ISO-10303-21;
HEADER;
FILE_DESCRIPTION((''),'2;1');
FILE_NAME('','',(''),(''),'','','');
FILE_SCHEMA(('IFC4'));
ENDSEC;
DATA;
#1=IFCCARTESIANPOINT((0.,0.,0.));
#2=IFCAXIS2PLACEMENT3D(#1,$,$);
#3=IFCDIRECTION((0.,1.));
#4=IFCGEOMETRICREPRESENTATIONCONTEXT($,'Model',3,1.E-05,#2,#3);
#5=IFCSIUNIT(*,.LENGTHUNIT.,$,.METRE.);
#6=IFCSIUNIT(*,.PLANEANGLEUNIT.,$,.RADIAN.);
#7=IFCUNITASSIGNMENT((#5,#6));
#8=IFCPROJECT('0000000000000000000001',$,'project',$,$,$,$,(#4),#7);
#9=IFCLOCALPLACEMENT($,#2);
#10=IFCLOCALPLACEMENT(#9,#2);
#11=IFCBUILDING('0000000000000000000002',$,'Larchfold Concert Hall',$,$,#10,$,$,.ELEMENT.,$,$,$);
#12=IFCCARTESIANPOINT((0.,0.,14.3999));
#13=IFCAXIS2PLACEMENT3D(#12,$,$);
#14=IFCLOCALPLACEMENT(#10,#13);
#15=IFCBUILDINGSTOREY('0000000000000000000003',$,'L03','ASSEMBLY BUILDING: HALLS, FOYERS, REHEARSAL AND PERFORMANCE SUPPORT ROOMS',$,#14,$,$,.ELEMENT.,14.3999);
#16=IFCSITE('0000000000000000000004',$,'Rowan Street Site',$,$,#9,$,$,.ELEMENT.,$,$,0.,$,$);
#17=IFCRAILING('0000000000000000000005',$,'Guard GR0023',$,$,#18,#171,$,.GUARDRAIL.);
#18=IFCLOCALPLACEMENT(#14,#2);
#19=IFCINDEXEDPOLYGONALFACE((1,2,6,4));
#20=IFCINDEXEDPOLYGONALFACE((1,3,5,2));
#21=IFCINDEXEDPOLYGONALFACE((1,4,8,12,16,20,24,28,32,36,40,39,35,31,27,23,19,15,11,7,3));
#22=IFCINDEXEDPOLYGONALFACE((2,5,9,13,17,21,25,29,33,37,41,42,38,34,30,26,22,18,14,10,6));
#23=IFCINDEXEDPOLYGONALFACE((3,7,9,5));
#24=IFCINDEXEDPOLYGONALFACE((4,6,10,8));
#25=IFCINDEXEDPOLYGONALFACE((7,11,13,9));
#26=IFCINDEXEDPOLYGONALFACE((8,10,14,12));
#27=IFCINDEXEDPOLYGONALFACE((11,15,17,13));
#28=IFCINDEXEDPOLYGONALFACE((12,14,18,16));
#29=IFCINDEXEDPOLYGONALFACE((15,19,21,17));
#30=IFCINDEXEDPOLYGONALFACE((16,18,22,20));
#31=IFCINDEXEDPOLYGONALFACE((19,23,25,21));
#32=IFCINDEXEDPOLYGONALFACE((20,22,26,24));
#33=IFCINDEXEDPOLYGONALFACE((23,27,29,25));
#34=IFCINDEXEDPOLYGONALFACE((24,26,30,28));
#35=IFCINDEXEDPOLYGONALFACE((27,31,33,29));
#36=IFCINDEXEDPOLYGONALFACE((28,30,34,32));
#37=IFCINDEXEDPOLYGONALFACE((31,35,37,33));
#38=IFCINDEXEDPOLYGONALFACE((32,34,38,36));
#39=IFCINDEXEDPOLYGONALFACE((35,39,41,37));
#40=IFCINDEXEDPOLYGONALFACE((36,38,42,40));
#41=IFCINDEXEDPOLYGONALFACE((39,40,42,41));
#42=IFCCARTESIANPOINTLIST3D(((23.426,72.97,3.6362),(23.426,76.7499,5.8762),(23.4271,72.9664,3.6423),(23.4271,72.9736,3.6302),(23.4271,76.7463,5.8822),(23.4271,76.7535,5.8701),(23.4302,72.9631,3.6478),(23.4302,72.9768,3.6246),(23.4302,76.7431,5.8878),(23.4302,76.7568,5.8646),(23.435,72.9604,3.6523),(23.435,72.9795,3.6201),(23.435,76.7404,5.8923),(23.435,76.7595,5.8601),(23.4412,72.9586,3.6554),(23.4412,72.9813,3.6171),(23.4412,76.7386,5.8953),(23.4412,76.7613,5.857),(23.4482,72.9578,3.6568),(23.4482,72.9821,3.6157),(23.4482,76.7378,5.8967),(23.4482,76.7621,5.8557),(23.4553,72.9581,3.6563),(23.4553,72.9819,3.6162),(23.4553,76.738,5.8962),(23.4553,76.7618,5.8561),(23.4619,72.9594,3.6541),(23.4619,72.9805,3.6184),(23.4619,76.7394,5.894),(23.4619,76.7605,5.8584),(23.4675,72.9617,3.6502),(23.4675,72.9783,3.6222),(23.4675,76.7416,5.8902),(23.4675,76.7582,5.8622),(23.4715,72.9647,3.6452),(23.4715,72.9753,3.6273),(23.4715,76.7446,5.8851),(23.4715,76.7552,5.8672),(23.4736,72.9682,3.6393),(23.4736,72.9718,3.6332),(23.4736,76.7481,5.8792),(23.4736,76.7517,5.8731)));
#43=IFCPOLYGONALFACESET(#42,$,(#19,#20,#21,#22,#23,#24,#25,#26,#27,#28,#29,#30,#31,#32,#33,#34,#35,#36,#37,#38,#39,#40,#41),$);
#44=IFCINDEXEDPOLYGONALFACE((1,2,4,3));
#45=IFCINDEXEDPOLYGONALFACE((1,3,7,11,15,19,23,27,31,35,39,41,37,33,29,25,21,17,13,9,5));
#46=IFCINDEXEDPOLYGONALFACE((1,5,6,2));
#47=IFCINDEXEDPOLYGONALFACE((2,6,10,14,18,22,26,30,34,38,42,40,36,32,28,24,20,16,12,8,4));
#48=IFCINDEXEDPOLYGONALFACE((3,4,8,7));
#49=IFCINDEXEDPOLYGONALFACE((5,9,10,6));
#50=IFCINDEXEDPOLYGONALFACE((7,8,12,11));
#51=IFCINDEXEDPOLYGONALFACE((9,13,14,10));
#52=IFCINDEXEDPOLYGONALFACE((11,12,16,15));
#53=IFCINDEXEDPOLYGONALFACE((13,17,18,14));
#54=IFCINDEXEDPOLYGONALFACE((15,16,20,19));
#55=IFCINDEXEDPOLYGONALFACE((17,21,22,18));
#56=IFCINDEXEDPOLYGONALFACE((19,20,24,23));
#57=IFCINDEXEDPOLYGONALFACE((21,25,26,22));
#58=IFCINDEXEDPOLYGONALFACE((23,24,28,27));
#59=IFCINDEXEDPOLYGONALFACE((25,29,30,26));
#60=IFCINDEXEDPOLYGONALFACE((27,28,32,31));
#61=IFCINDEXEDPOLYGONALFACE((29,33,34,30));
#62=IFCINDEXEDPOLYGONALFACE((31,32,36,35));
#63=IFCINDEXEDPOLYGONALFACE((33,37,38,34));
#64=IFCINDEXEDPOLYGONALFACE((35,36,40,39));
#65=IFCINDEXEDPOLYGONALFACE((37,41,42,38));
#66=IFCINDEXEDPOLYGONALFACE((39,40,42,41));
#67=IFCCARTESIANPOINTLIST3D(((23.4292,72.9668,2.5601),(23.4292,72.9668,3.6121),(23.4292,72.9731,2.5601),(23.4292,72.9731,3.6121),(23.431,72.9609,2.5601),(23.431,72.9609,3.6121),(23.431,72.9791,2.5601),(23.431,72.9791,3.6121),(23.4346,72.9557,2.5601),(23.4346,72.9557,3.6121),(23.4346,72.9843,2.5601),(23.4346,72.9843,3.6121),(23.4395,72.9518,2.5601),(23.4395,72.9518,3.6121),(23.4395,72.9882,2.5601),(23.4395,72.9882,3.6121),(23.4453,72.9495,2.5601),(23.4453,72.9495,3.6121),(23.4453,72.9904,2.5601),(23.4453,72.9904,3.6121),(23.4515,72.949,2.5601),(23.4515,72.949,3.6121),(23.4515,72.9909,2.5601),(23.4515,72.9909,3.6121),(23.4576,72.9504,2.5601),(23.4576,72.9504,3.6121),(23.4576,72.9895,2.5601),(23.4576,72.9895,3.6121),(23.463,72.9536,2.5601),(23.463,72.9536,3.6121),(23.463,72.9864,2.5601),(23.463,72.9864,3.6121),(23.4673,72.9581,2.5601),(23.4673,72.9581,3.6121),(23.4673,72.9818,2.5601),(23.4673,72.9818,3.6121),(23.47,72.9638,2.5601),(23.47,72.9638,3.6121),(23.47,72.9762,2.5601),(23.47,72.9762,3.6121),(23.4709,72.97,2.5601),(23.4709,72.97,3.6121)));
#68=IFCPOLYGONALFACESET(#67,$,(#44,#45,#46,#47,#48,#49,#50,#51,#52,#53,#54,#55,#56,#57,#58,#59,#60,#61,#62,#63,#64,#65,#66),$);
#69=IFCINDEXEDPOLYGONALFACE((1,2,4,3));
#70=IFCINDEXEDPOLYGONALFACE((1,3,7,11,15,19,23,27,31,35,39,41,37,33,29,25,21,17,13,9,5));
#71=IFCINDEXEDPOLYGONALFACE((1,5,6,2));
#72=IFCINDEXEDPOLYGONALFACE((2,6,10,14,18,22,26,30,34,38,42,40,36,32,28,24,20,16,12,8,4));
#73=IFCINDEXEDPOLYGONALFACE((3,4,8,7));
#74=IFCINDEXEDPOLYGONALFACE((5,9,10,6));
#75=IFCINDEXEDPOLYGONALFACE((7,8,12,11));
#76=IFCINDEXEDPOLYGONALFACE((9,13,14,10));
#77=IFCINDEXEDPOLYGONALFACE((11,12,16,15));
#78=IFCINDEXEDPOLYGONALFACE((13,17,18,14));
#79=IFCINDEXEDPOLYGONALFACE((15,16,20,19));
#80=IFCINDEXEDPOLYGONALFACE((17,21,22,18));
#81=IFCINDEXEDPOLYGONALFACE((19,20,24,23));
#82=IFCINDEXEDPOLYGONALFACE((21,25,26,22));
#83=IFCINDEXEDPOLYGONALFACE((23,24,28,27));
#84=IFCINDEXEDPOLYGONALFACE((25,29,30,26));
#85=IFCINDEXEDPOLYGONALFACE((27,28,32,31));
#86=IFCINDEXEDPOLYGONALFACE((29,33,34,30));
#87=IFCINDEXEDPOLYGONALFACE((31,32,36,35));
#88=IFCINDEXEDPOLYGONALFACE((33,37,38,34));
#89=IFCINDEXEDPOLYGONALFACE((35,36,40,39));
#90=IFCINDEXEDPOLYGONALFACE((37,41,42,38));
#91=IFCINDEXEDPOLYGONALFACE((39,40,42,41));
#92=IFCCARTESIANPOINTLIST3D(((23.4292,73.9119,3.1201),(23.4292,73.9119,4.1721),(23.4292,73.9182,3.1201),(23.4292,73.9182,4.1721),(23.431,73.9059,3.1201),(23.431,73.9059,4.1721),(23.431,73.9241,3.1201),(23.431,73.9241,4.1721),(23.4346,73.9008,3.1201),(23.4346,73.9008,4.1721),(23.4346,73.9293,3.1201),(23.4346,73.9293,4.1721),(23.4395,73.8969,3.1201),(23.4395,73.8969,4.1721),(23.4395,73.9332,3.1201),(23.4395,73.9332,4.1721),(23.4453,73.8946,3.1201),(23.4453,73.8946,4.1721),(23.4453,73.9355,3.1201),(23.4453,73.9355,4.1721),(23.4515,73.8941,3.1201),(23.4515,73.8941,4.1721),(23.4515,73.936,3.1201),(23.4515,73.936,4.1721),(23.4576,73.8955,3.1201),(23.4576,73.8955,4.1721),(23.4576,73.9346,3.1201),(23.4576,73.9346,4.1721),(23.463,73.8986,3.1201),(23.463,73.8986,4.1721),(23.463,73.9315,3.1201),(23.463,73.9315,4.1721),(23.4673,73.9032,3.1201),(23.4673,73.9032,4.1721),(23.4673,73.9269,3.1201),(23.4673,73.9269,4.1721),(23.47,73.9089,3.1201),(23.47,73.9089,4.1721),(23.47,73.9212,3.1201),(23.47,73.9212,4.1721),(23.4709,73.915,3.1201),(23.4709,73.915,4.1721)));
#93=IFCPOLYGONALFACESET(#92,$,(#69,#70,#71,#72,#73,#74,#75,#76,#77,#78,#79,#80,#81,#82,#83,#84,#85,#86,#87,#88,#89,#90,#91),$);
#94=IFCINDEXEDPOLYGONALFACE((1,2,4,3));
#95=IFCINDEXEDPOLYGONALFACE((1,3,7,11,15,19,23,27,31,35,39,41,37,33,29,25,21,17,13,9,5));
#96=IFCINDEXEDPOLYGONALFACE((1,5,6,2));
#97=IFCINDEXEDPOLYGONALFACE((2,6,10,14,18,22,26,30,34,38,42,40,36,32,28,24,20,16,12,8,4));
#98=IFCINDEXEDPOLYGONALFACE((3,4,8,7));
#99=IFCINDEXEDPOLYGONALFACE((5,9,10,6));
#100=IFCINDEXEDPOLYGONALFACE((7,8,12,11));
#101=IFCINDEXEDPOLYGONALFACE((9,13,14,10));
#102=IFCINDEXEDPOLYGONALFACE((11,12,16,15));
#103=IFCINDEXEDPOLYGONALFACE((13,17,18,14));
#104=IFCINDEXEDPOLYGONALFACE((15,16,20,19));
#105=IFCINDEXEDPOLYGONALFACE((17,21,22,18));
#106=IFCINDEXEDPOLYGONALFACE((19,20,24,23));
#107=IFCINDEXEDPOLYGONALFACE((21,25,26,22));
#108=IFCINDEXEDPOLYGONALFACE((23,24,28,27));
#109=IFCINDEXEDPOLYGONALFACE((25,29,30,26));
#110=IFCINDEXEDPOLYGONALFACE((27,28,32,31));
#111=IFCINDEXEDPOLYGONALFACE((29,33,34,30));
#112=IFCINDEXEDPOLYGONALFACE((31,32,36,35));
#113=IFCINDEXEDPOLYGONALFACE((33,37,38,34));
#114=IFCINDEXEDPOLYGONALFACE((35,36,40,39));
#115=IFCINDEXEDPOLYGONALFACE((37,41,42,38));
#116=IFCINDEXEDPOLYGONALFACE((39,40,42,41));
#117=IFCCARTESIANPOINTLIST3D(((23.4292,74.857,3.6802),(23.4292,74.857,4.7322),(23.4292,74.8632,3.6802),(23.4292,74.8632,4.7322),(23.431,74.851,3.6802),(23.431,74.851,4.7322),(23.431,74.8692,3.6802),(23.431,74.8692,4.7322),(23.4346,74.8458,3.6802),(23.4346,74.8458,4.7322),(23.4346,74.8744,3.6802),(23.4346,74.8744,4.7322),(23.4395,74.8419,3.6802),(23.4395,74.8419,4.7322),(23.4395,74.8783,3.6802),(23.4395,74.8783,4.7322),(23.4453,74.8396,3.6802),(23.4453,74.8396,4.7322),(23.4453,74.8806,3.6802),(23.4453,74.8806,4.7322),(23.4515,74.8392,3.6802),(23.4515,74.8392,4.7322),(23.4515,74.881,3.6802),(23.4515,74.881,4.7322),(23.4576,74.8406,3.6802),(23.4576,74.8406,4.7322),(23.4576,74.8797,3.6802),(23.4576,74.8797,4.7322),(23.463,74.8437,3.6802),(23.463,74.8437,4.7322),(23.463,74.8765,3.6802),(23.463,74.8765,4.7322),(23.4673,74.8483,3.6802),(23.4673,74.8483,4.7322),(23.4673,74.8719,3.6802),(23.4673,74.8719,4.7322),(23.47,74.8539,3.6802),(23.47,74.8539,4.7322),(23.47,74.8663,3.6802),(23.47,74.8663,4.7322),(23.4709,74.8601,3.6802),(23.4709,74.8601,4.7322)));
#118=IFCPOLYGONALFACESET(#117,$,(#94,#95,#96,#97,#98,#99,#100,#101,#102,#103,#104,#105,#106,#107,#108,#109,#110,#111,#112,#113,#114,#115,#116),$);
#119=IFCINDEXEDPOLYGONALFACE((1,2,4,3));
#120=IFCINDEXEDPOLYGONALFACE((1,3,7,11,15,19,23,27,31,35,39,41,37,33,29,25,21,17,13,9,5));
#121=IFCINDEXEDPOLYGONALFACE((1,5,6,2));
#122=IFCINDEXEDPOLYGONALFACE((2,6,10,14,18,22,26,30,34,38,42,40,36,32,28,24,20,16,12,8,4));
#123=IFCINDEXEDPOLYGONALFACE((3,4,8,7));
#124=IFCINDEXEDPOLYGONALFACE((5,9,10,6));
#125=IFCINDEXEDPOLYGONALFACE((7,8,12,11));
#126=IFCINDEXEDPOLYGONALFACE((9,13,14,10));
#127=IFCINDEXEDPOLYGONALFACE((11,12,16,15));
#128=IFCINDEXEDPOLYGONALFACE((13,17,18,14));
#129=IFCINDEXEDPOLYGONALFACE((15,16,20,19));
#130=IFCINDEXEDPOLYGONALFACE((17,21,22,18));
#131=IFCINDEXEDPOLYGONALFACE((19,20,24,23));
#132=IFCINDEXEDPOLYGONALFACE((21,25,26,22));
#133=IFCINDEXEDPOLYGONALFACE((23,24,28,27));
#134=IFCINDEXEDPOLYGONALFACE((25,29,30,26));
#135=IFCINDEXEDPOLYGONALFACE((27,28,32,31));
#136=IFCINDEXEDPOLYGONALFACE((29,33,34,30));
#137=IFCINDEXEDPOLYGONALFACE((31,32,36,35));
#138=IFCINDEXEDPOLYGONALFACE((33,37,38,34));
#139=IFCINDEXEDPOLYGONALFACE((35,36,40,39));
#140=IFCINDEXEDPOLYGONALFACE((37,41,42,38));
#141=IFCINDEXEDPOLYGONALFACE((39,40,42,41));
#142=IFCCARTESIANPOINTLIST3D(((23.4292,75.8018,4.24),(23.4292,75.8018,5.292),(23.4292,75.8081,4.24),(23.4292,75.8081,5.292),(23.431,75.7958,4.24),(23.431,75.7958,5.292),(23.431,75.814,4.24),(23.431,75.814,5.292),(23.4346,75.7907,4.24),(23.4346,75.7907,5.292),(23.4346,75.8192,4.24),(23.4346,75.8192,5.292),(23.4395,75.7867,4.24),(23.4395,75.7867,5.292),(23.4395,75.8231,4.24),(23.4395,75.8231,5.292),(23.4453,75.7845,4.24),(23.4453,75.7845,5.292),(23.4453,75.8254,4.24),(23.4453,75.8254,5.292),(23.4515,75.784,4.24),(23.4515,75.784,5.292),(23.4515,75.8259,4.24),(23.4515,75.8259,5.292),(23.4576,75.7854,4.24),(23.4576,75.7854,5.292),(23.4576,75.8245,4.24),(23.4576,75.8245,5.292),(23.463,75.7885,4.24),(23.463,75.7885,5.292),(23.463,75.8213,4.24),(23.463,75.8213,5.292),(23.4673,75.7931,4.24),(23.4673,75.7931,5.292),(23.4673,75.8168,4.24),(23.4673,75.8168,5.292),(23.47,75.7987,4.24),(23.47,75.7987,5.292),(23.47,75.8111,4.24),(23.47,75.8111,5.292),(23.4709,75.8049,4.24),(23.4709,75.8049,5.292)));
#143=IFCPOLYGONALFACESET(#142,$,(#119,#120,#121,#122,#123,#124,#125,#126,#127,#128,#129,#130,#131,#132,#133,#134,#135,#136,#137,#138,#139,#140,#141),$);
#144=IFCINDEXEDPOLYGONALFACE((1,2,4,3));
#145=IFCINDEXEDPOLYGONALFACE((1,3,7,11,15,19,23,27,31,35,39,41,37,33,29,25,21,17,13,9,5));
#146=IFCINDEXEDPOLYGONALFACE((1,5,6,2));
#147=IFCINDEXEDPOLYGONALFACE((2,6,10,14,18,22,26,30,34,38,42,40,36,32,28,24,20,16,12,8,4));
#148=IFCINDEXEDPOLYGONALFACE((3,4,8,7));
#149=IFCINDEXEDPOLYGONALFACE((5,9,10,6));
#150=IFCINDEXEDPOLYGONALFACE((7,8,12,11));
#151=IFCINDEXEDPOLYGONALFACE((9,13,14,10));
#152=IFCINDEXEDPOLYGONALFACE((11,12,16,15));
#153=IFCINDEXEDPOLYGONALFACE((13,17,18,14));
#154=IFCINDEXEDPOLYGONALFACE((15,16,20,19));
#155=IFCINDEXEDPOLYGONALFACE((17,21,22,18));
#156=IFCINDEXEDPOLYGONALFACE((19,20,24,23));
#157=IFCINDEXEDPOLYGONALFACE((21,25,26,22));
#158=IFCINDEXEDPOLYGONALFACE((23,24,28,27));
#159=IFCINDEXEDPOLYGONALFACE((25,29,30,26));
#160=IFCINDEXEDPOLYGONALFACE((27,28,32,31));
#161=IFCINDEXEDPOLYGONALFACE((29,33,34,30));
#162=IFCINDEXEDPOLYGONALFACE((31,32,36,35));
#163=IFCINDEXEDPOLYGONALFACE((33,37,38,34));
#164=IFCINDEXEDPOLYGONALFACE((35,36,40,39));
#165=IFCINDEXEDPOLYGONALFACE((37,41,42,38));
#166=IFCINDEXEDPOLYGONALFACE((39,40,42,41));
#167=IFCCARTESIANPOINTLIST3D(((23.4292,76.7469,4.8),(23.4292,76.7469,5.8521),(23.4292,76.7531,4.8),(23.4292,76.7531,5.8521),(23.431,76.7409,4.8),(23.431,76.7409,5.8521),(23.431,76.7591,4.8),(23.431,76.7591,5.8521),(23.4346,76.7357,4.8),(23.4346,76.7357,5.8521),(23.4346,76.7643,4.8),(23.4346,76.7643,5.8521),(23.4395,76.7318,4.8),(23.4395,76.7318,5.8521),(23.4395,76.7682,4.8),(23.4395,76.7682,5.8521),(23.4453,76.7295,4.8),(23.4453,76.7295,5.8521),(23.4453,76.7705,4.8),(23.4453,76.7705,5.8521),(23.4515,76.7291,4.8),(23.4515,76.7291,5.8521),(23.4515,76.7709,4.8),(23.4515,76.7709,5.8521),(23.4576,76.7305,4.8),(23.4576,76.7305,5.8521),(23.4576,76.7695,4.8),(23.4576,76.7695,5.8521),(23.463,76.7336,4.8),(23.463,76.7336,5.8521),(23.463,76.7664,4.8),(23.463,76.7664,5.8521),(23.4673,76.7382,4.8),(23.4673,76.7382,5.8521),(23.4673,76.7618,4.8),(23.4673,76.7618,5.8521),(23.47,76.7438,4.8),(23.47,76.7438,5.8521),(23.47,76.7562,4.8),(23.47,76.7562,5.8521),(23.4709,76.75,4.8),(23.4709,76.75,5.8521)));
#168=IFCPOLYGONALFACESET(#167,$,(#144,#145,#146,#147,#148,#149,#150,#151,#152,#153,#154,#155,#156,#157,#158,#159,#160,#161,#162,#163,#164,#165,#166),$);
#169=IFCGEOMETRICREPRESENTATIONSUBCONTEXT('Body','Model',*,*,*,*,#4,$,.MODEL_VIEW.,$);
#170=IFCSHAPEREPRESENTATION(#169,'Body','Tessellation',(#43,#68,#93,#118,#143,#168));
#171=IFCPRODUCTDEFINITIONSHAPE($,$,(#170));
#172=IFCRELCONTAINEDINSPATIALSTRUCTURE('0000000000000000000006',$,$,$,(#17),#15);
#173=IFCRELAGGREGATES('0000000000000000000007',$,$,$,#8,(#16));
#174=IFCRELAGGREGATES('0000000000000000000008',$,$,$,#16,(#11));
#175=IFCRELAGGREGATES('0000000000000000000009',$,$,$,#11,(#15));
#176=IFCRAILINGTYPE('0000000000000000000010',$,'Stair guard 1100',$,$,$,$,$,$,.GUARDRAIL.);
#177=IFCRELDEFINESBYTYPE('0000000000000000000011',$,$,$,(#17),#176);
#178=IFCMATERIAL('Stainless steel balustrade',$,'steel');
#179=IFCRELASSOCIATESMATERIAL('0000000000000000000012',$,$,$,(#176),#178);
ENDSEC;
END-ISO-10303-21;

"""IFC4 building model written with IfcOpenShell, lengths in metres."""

from ifc_helpers import new_model, si_unit, direction, frame, origin, origin_2d, place, context, subcontext, project, spatial, circle, extrude, material, type_object, element, save


model = new_model("IFC4")

# Units and contexts
model_context = context("Model", 3, precision=1e-05, world=origin(), true_north=direction((0.0, 1.0)))
body_context = subcontext(model_context, "Body", "Model", "MODEL_VIEW")
ifc_project = project(units=[si_unit("LENGTHUNIT", "METRE"), si_unit("PLANEANGLEUNIT", "RADIAN")], contexts=[model_context])

# Site, building, storey
site_placement = place(None, origin())
site = spatial("IfcSite", under=ifc_project, at=site_placement, Name="Rowan Street Site", CompositionType="ELEMENT", RefElevation=0.0)
building_placement = place(site_placement, origin())
building = spatial("IfcBuilding", under=site, at=building_placement, Name="Larchfold Concert Hall", CompositionType="ELEMENT")
storey_placement = place(building_placement, frame((0.0, 0.0, 14.3999)))
storey = spatial("IfcBuildingStorey", under=building, at=storey_placement, Name="L03", Description="ASSEMBLY BUILDING: HALLS, FOYERS, REHEARSAL AND PERFORMANCE SUPPORT ROOMS", CompositionType="ELEMENT", Elevation=14.3999)

# Railing
ifc_material_1 = material(Name="Stainless steel balustrade", Category="steel")
railing_type_1 = type_object("IfcRailingType", Name="Stair guard 1100", PredefinedType="GUARDRAIL", material=ifc_material_1)
railing_1_placement = place(storey_placement, frame((23.45, 72.97, 2.5601)))
element("IfcRailing", 1, at=railing_1_placement, inside=storey, type_object=railing_type_1, Name="Guard GR0023", PredefinedType="GUARDRAIL", context=body_context, shape_type="SweptSolid", body=[
    extrude(circle(Radius=0.0239, at=origin_2d()), frame((0.0, 0.0, 1.0762), z_axis=(0.0, 0.860294, 0.509798), x_axis=(-1.0, 0.0, 0.0)), (0.0, 0.0, 1.0), 4.3938),
    extrude(circle(Radius=0.021, at=origin_2d()), origin(), (0.0, 0.0, 1.0), 1.052),
    extrude(circle(Radius=0.021, at=origin_2d()), frame((0.0, 0.9451, 0.5601)), (0.0, 0.0, 1.0), 1.052),
    extrude(circle(Radius=0.021, at=origin_2d()), frame((0.0, 1.8901, 1.1201)), (0.0, 0.0, 1.0), 1.052),
    extrude(circle(Radius=0.021, at=origin_2d()), frame((0.0, 2.835, 1.6799)), (0.0, 0.0, 1.0), 1.052),
    extrude(circle(Radius=0.021, at=origin_2d()), frame((0.0, 3.78, 2.24)), (0.0, 0.0, 1.0), 1.052),
])

save(model, "model.ifc")
